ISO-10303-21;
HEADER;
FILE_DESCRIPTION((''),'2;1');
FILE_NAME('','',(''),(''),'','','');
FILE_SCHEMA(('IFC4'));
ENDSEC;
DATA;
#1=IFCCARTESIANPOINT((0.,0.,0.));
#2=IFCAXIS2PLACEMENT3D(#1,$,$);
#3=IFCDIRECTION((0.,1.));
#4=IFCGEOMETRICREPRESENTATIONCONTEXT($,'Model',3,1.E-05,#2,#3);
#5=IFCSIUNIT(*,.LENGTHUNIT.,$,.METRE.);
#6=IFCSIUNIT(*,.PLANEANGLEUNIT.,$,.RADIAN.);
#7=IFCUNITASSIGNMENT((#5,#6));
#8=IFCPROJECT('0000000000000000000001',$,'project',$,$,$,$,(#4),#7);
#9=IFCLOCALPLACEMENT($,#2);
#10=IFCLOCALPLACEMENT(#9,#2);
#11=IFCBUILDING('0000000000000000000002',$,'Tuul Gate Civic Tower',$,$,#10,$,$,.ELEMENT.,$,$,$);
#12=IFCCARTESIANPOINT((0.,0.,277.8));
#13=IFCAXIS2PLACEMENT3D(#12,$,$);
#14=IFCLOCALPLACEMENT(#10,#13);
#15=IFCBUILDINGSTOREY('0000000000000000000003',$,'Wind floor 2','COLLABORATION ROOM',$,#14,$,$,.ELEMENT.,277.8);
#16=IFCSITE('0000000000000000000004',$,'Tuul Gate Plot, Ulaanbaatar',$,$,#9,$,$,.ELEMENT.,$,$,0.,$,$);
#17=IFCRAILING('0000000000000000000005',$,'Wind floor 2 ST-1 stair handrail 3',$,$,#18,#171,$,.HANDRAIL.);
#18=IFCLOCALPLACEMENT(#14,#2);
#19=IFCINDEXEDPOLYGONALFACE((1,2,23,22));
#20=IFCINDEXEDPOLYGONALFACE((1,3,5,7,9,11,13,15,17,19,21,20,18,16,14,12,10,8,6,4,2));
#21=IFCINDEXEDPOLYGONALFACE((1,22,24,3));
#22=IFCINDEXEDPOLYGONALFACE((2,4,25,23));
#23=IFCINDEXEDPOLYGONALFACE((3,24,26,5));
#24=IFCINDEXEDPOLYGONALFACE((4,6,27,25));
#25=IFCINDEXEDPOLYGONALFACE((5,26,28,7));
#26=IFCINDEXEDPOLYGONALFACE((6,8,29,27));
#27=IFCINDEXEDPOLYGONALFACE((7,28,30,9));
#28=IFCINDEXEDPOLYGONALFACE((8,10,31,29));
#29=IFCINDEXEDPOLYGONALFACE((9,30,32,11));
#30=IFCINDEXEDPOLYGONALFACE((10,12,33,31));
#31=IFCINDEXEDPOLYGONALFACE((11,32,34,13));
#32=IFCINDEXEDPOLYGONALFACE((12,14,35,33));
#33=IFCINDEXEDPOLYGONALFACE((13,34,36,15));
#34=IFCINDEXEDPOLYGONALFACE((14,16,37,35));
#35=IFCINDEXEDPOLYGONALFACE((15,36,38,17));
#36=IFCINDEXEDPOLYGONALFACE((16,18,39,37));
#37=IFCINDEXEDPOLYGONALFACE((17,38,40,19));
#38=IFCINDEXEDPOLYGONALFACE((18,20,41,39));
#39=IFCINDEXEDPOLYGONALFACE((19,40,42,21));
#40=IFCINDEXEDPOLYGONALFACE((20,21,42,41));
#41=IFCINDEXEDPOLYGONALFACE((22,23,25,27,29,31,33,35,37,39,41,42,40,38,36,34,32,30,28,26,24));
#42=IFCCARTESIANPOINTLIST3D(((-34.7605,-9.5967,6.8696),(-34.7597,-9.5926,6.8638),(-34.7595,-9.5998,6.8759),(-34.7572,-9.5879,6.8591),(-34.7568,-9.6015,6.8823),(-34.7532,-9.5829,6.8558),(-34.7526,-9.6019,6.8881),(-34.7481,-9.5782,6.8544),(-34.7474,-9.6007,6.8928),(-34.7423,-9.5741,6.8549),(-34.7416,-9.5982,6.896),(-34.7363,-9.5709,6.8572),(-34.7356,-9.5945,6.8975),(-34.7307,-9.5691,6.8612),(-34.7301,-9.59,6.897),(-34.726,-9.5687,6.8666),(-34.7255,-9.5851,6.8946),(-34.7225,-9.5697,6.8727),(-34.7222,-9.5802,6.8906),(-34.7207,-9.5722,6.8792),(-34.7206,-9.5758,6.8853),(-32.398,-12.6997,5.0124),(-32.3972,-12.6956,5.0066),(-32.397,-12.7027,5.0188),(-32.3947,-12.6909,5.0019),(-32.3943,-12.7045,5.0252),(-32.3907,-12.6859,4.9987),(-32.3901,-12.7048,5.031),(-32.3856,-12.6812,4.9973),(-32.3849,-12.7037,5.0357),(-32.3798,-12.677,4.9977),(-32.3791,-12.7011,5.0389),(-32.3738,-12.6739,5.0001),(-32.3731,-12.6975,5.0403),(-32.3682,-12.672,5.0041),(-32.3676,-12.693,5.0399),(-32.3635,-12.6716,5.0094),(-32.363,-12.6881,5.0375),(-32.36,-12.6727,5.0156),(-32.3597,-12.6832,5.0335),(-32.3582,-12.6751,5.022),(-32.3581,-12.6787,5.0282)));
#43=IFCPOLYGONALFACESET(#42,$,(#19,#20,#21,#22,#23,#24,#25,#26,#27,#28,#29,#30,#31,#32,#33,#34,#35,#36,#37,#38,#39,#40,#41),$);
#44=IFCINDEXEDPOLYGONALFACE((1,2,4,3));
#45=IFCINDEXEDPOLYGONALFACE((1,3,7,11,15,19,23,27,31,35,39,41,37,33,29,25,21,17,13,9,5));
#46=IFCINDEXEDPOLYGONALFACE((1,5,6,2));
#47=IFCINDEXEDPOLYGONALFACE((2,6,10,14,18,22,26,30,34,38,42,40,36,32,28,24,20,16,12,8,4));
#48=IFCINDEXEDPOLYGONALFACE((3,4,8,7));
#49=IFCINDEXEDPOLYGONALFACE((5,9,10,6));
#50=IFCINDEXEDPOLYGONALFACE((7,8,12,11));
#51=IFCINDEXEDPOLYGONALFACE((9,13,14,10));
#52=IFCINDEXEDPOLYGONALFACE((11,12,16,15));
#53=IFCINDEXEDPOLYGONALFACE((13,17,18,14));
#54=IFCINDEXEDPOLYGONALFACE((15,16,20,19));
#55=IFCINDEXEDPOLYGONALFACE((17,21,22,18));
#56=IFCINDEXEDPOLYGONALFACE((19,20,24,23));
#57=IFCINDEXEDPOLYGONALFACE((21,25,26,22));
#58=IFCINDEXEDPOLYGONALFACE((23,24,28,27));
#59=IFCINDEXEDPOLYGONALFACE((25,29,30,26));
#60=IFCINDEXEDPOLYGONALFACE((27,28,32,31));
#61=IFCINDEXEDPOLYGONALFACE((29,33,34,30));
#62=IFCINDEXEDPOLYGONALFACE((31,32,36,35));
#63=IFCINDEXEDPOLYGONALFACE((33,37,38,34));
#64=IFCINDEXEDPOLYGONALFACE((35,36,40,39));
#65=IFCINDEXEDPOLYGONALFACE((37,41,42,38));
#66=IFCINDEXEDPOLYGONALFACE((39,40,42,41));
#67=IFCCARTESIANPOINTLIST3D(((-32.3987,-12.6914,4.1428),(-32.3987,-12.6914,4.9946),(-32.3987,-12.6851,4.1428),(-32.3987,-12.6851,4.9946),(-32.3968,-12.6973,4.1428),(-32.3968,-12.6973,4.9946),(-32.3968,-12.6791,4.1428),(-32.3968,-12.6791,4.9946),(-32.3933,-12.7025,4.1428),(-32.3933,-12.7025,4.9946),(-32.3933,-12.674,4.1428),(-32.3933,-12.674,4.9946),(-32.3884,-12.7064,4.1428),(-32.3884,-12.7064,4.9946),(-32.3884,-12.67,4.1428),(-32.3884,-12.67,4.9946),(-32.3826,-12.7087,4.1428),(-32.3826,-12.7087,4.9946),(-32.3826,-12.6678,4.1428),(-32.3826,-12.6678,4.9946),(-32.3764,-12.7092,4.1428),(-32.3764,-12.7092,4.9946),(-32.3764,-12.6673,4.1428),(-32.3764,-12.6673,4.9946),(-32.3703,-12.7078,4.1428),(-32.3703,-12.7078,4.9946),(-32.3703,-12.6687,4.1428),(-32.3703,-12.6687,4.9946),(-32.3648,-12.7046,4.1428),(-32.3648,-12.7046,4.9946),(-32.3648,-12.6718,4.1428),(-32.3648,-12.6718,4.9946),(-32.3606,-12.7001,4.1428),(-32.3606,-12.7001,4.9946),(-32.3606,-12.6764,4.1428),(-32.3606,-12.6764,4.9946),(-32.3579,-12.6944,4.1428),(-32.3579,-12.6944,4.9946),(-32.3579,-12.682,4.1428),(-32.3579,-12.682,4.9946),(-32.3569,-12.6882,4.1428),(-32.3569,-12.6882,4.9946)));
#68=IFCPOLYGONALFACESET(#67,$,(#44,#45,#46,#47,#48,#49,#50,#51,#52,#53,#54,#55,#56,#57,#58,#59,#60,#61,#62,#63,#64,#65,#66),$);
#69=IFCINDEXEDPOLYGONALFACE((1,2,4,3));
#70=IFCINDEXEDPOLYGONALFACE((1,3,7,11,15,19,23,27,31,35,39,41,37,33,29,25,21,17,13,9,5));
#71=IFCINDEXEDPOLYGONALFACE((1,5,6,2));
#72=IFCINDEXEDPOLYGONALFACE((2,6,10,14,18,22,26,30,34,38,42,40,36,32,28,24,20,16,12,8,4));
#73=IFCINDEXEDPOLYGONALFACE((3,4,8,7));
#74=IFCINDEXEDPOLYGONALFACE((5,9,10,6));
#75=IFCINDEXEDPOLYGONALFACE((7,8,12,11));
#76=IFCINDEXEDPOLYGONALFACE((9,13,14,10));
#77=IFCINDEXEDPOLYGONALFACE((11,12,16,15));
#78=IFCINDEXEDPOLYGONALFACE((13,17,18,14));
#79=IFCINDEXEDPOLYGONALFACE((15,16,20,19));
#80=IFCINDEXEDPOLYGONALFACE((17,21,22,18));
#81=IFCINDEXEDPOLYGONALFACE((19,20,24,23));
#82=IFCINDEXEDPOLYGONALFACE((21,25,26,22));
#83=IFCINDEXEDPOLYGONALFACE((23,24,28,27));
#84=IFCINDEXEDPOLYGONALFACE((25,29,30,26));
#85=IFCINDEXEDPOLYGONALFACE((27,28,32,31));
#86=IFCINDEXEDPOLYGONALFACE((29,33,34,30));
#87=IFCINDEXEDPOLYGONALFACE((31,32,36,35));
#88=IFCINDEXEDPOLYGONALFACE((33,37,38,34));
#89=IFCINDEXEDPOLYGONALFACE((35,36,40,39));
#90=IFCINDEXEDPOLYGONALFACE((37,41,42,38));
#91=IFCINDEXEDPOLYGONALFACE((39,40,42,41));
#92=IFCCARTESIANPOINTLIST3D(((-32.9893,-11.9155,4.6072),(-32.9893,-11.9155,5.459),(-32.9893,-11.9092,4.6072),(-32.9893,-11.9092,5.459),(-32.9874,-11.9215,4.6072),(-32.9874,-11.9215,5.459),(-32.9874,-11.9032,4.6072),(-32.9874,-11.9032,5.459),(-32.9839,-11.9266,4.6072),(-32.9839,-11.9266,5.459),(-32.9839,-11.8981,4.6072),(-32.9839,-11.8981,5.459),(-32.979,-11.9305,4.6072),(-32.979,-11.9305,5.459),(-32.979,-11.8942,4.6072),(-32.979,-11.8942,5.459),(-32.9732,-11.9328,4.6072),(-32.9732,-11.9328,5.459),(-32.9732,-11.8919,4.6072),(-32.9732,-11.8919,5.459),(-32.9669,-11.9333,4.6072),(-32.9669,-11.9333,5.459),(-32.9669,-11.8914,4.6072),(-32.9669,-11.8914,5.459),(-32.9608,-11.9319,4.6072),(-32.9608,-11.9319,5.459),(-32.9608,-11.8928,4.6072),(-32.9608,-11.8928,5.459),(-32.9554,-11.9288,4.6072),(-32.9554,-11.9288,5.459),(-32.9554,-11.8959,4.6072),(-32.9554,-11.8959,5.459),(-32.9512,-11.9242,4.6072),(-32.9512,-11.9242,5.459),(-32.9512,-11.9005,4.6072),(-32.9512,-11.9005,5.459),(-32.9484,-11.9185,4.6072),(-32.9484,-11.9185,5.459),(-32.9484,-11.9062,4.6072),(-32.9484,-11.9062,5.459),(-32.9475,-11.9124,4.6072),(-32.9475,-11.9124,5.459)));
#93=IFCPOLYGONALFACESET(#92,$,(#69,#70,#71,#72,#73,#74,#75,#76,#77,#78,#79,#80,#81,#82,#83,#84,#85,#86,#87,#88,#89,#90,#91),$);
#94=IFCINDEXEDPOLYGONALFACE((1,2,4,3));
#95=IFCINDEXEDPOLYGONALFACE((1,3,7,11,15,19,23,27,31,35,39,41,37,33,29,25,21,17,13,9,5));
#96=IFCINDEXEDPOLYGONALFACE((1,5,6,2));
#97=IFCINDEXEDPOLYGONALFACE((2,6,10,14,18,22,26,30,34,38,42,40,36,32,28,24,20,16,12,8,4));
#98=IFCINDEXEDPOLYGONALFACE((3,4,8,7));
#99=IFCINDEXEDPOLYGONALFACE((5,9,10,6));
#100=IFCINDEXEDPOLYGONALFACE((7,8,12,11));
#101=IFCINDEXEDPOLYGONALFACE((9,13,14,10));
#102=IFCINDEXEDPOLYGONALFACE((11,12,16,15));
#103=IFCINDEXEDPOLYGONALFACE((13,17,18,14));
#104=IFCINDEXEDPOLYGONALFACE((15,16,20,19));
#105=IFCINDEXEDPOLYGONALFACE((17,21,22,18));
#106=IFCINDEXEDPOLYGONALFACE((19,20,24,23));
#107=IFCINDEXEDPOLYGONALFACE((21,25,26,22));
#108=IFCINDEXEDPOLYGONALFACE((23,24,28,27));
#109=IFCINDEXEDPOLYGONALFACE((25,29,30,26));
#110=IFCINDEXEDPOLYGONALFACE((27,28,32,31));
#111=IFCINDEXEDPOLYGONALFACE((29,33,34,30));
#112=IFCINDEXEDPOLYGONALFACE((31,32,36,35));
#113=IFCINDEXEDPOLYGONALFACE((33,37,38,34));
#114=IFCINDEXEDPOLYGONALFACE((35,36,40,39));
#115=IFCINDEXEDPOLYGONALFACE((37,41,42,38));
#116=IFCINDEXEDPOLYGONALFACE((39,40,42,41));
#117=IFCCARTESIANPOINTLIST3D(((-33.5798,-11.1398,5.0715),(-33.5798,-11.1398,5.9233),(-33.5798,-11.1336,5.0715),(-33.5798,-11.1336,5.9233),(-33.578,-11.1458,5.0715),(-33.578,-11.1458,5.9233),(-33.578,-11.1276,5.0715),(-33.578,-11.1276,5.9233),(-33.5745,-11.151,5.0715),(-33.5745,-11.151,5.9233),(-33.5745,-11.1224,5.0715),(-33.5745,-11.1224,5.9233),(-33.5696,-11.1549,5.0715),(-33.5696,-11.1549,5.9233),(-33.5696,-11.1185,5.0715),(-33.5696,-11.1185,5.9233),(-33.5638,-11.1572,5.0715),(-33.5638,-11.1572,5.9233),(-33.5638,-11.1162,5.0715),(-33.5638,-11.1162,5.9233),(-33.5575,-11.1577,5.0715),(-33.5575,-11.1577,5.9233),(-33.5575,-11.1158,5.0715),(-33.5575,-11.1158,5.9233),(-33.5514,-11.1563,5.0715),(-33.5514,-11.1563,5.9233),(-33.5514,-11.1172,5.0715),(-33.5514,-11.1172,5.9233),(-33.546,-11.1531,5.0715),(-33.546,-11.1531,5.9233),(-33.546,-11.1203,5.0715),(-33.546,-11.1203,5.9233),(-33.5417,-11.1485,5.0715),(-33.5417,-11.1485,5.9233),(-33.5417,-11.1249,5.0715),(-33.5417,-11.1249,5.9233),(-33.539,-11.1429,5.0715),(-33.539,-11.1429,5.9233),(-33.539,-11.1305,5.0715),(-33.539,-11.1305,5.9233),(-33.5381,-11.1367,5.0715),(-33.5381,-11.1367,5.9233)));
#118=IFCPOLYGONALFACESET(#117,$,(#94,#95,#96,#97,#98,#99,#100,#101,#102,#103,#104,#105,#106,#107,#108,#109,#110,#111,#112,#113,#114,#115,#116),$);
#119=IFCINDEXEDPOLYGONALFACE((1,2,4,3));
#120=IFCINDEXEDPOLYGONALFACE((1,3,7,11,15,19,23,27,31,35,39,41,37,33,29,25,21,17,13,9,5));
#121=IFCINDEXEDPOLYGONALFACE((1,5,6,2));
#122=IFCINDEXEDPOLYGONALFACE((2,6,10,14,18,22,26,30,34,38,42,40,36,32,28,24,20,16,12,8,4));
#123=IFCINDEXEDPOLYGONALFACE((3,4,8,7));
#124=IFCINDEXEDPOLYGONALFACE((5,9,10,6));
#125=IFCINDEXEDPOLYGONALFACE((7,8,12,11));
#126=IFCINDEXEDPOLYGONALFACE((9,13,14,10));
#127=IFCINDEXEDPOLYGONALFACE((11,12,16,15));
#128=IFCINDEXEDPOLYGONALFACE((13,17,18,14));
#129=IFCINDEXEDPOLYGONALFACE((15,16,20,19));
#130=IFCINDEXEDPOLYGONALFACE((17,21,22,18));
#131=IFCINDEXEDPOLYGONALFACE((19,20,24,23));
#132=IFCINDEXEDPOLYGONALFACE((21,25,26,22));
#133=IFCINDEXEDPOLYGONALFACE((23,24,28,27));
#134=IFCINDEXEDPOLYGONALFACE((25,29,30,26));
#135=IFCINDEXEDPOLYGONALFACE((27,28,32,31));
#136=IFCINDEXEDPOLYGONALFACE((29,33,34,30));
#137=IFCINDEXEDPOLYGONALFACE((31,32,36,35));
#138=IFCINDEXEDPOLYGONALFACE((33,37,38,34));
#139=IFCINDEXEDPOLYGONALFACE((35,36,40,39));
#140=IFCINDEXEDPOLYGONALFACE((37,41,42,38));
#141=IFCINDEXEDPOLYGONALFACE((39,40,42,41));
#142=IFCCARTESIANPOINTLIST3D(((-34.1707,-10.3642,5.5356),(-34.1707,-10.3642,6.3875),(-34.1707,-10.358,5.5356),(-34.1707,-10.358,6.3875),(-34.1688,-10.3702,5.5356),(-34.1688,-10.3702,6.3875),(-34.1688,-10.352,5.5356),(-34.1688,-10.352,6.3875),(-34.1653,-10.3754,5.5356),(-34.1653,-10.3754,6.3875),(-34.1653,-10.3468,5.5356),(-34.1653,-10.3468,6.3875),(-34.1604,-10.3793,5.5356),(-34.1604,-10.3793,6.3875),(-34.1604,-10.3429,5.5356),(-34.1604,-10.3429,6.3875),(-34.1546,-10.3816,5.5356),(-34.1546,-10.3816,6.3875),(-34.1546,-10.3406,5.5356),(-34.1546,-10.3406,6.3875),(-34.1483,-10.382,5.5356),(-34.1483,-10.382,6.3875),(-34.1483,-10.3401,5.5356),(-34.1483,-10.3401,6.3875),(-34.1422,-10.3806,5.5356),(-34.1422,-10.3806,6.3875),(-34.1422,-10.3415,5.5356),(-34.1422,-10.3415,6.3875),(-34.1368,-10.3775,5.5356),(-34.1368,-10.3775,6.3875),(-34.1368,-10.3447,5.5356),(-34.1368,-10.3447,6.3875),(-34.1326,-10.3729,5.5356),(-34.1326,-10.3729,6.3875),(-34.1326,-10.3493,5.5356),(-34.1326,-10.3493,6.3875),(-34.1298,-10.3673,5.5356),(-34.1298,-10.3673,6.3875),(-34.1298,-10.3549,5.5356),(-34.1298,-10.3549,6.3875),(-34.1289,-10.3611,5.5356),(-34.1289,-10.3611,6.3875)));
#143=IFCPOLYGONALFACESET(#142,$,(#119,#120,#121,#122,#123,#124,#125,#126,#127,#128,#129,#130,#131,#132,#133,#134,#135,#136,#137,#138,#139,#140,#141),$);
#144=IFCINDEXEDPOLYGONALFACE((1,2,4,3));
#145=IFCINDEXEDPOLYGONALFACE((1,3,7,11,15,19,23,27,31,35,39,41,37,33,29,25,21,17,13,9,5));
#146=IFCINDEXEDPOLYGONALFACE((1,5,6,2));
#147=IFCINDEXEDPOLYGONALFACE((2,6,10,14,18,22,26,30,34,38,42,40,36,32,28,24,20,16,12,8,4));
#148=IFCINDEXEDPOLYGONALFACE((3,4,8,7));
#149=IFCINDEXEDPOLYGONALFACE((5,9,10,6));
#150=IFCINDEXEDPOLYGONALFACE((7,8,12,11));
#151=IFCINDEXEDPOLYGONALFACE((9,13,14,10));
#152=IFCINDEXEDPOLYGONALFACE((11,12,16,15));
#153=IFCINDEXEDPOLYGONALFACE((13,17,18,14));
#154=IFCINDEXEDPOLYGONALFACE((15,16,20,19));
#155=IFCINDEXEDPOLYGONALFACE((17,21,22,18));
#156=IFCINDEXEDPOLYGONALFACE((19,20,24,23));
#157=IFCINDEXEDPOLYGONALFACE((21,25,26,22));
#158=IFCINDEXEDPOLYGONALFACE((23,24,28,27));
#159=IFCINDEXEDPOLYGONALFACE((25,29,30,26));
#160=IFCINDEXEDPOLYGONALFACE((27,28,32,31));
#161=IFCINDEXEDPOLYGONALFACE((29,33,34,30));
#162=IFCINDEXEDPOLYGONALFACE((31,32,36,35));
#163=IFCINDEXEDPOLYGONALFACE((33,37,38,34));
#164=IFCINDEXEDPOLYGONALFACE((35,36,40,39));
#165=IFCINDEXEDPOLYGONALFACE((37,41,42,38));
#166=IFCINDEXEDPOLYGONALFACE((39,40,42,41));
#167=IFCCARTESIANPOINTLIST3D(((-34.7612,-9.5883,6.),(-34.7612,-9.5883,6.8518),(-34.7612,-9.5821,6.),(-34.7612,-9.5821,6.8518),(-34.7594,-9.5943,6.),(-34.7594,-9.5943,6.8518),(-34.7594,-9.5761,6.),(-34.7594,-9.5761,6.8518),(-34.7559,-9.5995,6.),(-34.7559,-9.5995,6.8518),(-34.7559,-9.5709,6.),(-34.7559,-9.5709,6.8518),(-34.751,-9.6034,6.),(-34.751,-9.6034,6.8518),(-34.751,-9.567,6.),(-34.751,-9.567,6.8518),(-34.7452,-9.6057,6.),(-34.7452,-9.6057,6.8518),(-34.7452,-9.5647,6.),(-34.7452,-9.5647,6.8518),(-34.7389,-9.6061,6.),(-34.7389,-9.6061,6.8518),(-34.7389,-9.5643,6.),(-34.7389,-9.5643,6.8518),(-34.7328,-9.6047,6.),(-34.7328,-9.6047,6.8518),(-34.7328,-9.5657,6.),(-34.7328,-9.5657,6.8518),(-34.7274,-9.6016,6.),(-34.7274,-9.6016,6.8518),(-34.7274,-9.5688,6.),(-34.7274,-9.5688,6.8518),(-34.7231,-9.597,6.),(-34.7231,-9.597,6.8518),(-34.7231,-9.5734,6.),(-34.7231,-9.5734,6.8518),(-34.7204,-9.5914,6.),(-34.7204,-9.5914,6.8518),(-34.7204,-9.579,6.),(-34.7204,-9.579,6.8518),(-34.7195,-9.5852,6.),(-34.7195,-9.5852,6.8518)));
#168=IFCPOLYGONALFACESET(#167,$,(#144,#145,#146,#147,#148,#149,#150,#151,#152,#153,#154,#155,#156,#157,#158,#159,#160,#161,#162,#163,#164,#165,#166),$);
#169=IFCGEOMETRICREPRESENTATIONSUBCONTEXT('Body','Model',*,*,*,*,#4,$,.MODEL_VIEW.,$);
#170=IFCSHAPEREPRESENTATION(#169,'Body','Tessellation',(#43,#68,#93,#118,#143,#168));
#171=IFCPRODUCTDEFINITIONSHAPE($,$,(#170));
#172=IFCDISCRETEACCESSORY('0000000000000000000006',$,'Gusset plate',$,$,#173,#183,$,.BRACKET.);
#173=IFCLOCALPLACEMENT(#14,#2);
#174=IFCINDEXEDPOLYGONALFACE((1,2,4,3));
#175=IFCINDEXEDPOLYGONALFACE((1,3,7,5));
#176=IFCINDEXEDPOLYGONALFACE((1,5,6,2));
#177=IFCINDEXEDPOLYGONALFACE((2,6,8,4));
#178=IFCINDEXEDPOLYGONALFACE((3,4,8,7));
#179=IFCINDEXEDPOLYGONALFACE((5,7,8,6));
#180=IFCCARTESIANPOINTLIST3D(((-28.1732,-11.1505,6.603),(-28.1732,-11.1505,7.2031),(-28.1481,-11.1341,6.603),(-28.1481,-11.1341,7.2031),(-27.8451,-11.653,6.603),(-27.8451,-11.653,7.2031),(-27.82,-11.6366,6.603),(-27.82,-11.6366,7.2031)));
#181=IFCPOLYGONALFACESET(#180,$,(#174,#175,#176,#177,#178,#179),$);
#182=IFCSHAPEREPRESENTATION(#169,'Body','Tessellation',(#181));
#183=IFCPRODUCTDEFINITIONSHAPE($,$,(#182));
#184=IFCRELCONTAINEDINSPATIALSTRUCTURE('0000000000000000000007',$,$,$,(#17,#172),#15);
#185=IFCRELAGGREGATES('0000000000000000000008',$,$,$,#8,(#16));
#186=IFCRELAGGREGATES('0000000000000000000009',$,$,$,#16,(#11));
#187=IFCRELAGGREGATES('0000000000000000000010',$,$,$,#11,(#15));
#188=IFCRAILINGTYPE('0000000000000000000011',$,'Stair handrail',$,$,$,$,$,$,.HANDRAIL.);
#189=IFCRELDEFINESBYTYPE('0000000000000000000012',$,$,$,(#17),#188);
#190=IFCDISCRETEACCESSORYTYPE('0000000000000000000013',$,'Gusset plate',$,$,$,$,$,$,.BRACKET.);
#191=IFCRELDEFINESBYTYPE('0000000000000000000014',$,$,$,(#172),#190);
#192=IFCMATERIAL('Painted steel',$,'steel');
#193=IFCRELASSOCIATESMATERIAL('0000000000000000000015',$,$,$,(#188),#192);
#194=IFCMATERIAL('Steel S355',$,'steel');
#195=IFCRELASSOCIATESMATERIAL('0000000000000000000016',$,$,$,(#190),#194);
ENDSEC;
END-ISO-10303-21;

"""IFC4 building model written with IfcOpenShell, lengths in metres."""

from ifc_helpers import new_model, si_unit, direction, frame, origin, origin_2d, place, context, subcontext, project, spatial, rectangle, circle, extrude, material, type_object, element, save


model = new_model("IFC4")

# Units and contexts
model_context = context("Model", 3, precision=1e-05, world=origin(), true_north=direction((0.0, 1.0)))
body_context = subcontext(model_context, "Body", "Model", "MODEL_VIEW")
ifc_project = project(units=[si_unit("LENGTHUNIT", "METRE"), si_unit("PLANEANGLEUNIT", "RADIAN")], contexts=[model_context])

# Site, building, storey
site_placement = place(None, origin())
site = spatial("IfcSite", under=ifc_project, at=site_placement, Name="Tuul Gate Plot, Ulaanbaatar", CompositionType="ELEMENT", RefElevation=0.0)
building_placement = place(site_placement, origin())
building = spatial("IfcBuilding", under=site, at=building_placement, Name="Tuul Gate Civic Tower", CompositionType="ELEMENT")
storey_placement = place(building_placement, frame((0.0, 0.0, 277.8)))
storey = spatial("IfcBuildingStorey", under=building, at=storey_placement, Name="Wind floor 2", Description="COLLABORATION ROOM", CompositionType="ELEMENT", Elevation=277.8)

# Railing
ifc_material_1 = material(Name="Painted steel", Category="steel")
railing_type_1 = type_object("IfcRailingType", Name="Stair handrail", PredefinedType="HANDRAIL", material=ifc_material_1)
for number, where, name in (
    (1, (-32.3779, -12.6882, 4.1428), "Wind floor 2 ST-1 stair handrail 3"),
):
    element("IfcRailing", number, at=place(storey_placement, frame(where)), inside=storey, type_object=railing_type_1, Name=name, PredefinedType="HANDRAIL", context=body_context, shape_type="SweptSolid", body=[
        extrude(circle(Radius=0.0239, at=origin_2d()), frame((0.0, 0.0, 0.876), z_axis=(-0.546928, 0.718349, 0.429935), x_axis=(-0.795637, -0.605773, 0.0)), (0.0, 0.0, 1.0), 4.3196),
        extrude(circle(Radius=0.021, at=origin_2d()), origin(), (0.0, 0.0, 1.0), 0.8518),
        extrude(circle(Radius=0.021, at=origin_2d()), frame((-0.5906, 0.7759, 0.4644)), (0.0, 0.0, 1.0), 0.8518),
        extrude(circle(Radius=0.021, at=origin_2d()), frame((-1.1812, 1.5515, 0.9287)), (0.0, 0.0, 1.0), 0.8518),
        extrude(circle(Radius=0.021, at=origin_2d()), frame((-1.772, 2.3271, 1.3928)), (0.0, 0.0, 1.0), 0.8518),
        extrude(circle(Radius=0.021, at=origin_2d()), frame((-2.3625, 3.103, 1.8572)), (0.0, 0.0, 1.0), 0.8518),
    ])

# Discrete accessory
ifc_material_2 = material(Name="Steel S355", Category="steel")
discrete_accessory_type = type_object("IfcDiscreteAccessoryType", Name="Gusset plate", PredefinedType="BRACKET", material=ifc_material_2)
discrete_accessory_placement = place(storey_placement, frame((-27.9966, -11.3936, 6.603), z_axis=(0.0, 0.0, 1.0), x_axis=(-0.546743, 0.8373, 0.0)))
element("IfcDiscreteAccessory", 2, at=discrete_accessory_placement, inside=storey, type_object=discrete_accessory_type, Name="Gusset plate", PredefinedType="BRACKET", context=body_context, shape_type="SweptSolid", body=[
    extrude(rectangle(XDim=0.6001, YDim=0.03, at=origin_2d()), origin(), (0.0, 0.0, 1.0), 0.6001),
])

save(model, "model.ifc")
